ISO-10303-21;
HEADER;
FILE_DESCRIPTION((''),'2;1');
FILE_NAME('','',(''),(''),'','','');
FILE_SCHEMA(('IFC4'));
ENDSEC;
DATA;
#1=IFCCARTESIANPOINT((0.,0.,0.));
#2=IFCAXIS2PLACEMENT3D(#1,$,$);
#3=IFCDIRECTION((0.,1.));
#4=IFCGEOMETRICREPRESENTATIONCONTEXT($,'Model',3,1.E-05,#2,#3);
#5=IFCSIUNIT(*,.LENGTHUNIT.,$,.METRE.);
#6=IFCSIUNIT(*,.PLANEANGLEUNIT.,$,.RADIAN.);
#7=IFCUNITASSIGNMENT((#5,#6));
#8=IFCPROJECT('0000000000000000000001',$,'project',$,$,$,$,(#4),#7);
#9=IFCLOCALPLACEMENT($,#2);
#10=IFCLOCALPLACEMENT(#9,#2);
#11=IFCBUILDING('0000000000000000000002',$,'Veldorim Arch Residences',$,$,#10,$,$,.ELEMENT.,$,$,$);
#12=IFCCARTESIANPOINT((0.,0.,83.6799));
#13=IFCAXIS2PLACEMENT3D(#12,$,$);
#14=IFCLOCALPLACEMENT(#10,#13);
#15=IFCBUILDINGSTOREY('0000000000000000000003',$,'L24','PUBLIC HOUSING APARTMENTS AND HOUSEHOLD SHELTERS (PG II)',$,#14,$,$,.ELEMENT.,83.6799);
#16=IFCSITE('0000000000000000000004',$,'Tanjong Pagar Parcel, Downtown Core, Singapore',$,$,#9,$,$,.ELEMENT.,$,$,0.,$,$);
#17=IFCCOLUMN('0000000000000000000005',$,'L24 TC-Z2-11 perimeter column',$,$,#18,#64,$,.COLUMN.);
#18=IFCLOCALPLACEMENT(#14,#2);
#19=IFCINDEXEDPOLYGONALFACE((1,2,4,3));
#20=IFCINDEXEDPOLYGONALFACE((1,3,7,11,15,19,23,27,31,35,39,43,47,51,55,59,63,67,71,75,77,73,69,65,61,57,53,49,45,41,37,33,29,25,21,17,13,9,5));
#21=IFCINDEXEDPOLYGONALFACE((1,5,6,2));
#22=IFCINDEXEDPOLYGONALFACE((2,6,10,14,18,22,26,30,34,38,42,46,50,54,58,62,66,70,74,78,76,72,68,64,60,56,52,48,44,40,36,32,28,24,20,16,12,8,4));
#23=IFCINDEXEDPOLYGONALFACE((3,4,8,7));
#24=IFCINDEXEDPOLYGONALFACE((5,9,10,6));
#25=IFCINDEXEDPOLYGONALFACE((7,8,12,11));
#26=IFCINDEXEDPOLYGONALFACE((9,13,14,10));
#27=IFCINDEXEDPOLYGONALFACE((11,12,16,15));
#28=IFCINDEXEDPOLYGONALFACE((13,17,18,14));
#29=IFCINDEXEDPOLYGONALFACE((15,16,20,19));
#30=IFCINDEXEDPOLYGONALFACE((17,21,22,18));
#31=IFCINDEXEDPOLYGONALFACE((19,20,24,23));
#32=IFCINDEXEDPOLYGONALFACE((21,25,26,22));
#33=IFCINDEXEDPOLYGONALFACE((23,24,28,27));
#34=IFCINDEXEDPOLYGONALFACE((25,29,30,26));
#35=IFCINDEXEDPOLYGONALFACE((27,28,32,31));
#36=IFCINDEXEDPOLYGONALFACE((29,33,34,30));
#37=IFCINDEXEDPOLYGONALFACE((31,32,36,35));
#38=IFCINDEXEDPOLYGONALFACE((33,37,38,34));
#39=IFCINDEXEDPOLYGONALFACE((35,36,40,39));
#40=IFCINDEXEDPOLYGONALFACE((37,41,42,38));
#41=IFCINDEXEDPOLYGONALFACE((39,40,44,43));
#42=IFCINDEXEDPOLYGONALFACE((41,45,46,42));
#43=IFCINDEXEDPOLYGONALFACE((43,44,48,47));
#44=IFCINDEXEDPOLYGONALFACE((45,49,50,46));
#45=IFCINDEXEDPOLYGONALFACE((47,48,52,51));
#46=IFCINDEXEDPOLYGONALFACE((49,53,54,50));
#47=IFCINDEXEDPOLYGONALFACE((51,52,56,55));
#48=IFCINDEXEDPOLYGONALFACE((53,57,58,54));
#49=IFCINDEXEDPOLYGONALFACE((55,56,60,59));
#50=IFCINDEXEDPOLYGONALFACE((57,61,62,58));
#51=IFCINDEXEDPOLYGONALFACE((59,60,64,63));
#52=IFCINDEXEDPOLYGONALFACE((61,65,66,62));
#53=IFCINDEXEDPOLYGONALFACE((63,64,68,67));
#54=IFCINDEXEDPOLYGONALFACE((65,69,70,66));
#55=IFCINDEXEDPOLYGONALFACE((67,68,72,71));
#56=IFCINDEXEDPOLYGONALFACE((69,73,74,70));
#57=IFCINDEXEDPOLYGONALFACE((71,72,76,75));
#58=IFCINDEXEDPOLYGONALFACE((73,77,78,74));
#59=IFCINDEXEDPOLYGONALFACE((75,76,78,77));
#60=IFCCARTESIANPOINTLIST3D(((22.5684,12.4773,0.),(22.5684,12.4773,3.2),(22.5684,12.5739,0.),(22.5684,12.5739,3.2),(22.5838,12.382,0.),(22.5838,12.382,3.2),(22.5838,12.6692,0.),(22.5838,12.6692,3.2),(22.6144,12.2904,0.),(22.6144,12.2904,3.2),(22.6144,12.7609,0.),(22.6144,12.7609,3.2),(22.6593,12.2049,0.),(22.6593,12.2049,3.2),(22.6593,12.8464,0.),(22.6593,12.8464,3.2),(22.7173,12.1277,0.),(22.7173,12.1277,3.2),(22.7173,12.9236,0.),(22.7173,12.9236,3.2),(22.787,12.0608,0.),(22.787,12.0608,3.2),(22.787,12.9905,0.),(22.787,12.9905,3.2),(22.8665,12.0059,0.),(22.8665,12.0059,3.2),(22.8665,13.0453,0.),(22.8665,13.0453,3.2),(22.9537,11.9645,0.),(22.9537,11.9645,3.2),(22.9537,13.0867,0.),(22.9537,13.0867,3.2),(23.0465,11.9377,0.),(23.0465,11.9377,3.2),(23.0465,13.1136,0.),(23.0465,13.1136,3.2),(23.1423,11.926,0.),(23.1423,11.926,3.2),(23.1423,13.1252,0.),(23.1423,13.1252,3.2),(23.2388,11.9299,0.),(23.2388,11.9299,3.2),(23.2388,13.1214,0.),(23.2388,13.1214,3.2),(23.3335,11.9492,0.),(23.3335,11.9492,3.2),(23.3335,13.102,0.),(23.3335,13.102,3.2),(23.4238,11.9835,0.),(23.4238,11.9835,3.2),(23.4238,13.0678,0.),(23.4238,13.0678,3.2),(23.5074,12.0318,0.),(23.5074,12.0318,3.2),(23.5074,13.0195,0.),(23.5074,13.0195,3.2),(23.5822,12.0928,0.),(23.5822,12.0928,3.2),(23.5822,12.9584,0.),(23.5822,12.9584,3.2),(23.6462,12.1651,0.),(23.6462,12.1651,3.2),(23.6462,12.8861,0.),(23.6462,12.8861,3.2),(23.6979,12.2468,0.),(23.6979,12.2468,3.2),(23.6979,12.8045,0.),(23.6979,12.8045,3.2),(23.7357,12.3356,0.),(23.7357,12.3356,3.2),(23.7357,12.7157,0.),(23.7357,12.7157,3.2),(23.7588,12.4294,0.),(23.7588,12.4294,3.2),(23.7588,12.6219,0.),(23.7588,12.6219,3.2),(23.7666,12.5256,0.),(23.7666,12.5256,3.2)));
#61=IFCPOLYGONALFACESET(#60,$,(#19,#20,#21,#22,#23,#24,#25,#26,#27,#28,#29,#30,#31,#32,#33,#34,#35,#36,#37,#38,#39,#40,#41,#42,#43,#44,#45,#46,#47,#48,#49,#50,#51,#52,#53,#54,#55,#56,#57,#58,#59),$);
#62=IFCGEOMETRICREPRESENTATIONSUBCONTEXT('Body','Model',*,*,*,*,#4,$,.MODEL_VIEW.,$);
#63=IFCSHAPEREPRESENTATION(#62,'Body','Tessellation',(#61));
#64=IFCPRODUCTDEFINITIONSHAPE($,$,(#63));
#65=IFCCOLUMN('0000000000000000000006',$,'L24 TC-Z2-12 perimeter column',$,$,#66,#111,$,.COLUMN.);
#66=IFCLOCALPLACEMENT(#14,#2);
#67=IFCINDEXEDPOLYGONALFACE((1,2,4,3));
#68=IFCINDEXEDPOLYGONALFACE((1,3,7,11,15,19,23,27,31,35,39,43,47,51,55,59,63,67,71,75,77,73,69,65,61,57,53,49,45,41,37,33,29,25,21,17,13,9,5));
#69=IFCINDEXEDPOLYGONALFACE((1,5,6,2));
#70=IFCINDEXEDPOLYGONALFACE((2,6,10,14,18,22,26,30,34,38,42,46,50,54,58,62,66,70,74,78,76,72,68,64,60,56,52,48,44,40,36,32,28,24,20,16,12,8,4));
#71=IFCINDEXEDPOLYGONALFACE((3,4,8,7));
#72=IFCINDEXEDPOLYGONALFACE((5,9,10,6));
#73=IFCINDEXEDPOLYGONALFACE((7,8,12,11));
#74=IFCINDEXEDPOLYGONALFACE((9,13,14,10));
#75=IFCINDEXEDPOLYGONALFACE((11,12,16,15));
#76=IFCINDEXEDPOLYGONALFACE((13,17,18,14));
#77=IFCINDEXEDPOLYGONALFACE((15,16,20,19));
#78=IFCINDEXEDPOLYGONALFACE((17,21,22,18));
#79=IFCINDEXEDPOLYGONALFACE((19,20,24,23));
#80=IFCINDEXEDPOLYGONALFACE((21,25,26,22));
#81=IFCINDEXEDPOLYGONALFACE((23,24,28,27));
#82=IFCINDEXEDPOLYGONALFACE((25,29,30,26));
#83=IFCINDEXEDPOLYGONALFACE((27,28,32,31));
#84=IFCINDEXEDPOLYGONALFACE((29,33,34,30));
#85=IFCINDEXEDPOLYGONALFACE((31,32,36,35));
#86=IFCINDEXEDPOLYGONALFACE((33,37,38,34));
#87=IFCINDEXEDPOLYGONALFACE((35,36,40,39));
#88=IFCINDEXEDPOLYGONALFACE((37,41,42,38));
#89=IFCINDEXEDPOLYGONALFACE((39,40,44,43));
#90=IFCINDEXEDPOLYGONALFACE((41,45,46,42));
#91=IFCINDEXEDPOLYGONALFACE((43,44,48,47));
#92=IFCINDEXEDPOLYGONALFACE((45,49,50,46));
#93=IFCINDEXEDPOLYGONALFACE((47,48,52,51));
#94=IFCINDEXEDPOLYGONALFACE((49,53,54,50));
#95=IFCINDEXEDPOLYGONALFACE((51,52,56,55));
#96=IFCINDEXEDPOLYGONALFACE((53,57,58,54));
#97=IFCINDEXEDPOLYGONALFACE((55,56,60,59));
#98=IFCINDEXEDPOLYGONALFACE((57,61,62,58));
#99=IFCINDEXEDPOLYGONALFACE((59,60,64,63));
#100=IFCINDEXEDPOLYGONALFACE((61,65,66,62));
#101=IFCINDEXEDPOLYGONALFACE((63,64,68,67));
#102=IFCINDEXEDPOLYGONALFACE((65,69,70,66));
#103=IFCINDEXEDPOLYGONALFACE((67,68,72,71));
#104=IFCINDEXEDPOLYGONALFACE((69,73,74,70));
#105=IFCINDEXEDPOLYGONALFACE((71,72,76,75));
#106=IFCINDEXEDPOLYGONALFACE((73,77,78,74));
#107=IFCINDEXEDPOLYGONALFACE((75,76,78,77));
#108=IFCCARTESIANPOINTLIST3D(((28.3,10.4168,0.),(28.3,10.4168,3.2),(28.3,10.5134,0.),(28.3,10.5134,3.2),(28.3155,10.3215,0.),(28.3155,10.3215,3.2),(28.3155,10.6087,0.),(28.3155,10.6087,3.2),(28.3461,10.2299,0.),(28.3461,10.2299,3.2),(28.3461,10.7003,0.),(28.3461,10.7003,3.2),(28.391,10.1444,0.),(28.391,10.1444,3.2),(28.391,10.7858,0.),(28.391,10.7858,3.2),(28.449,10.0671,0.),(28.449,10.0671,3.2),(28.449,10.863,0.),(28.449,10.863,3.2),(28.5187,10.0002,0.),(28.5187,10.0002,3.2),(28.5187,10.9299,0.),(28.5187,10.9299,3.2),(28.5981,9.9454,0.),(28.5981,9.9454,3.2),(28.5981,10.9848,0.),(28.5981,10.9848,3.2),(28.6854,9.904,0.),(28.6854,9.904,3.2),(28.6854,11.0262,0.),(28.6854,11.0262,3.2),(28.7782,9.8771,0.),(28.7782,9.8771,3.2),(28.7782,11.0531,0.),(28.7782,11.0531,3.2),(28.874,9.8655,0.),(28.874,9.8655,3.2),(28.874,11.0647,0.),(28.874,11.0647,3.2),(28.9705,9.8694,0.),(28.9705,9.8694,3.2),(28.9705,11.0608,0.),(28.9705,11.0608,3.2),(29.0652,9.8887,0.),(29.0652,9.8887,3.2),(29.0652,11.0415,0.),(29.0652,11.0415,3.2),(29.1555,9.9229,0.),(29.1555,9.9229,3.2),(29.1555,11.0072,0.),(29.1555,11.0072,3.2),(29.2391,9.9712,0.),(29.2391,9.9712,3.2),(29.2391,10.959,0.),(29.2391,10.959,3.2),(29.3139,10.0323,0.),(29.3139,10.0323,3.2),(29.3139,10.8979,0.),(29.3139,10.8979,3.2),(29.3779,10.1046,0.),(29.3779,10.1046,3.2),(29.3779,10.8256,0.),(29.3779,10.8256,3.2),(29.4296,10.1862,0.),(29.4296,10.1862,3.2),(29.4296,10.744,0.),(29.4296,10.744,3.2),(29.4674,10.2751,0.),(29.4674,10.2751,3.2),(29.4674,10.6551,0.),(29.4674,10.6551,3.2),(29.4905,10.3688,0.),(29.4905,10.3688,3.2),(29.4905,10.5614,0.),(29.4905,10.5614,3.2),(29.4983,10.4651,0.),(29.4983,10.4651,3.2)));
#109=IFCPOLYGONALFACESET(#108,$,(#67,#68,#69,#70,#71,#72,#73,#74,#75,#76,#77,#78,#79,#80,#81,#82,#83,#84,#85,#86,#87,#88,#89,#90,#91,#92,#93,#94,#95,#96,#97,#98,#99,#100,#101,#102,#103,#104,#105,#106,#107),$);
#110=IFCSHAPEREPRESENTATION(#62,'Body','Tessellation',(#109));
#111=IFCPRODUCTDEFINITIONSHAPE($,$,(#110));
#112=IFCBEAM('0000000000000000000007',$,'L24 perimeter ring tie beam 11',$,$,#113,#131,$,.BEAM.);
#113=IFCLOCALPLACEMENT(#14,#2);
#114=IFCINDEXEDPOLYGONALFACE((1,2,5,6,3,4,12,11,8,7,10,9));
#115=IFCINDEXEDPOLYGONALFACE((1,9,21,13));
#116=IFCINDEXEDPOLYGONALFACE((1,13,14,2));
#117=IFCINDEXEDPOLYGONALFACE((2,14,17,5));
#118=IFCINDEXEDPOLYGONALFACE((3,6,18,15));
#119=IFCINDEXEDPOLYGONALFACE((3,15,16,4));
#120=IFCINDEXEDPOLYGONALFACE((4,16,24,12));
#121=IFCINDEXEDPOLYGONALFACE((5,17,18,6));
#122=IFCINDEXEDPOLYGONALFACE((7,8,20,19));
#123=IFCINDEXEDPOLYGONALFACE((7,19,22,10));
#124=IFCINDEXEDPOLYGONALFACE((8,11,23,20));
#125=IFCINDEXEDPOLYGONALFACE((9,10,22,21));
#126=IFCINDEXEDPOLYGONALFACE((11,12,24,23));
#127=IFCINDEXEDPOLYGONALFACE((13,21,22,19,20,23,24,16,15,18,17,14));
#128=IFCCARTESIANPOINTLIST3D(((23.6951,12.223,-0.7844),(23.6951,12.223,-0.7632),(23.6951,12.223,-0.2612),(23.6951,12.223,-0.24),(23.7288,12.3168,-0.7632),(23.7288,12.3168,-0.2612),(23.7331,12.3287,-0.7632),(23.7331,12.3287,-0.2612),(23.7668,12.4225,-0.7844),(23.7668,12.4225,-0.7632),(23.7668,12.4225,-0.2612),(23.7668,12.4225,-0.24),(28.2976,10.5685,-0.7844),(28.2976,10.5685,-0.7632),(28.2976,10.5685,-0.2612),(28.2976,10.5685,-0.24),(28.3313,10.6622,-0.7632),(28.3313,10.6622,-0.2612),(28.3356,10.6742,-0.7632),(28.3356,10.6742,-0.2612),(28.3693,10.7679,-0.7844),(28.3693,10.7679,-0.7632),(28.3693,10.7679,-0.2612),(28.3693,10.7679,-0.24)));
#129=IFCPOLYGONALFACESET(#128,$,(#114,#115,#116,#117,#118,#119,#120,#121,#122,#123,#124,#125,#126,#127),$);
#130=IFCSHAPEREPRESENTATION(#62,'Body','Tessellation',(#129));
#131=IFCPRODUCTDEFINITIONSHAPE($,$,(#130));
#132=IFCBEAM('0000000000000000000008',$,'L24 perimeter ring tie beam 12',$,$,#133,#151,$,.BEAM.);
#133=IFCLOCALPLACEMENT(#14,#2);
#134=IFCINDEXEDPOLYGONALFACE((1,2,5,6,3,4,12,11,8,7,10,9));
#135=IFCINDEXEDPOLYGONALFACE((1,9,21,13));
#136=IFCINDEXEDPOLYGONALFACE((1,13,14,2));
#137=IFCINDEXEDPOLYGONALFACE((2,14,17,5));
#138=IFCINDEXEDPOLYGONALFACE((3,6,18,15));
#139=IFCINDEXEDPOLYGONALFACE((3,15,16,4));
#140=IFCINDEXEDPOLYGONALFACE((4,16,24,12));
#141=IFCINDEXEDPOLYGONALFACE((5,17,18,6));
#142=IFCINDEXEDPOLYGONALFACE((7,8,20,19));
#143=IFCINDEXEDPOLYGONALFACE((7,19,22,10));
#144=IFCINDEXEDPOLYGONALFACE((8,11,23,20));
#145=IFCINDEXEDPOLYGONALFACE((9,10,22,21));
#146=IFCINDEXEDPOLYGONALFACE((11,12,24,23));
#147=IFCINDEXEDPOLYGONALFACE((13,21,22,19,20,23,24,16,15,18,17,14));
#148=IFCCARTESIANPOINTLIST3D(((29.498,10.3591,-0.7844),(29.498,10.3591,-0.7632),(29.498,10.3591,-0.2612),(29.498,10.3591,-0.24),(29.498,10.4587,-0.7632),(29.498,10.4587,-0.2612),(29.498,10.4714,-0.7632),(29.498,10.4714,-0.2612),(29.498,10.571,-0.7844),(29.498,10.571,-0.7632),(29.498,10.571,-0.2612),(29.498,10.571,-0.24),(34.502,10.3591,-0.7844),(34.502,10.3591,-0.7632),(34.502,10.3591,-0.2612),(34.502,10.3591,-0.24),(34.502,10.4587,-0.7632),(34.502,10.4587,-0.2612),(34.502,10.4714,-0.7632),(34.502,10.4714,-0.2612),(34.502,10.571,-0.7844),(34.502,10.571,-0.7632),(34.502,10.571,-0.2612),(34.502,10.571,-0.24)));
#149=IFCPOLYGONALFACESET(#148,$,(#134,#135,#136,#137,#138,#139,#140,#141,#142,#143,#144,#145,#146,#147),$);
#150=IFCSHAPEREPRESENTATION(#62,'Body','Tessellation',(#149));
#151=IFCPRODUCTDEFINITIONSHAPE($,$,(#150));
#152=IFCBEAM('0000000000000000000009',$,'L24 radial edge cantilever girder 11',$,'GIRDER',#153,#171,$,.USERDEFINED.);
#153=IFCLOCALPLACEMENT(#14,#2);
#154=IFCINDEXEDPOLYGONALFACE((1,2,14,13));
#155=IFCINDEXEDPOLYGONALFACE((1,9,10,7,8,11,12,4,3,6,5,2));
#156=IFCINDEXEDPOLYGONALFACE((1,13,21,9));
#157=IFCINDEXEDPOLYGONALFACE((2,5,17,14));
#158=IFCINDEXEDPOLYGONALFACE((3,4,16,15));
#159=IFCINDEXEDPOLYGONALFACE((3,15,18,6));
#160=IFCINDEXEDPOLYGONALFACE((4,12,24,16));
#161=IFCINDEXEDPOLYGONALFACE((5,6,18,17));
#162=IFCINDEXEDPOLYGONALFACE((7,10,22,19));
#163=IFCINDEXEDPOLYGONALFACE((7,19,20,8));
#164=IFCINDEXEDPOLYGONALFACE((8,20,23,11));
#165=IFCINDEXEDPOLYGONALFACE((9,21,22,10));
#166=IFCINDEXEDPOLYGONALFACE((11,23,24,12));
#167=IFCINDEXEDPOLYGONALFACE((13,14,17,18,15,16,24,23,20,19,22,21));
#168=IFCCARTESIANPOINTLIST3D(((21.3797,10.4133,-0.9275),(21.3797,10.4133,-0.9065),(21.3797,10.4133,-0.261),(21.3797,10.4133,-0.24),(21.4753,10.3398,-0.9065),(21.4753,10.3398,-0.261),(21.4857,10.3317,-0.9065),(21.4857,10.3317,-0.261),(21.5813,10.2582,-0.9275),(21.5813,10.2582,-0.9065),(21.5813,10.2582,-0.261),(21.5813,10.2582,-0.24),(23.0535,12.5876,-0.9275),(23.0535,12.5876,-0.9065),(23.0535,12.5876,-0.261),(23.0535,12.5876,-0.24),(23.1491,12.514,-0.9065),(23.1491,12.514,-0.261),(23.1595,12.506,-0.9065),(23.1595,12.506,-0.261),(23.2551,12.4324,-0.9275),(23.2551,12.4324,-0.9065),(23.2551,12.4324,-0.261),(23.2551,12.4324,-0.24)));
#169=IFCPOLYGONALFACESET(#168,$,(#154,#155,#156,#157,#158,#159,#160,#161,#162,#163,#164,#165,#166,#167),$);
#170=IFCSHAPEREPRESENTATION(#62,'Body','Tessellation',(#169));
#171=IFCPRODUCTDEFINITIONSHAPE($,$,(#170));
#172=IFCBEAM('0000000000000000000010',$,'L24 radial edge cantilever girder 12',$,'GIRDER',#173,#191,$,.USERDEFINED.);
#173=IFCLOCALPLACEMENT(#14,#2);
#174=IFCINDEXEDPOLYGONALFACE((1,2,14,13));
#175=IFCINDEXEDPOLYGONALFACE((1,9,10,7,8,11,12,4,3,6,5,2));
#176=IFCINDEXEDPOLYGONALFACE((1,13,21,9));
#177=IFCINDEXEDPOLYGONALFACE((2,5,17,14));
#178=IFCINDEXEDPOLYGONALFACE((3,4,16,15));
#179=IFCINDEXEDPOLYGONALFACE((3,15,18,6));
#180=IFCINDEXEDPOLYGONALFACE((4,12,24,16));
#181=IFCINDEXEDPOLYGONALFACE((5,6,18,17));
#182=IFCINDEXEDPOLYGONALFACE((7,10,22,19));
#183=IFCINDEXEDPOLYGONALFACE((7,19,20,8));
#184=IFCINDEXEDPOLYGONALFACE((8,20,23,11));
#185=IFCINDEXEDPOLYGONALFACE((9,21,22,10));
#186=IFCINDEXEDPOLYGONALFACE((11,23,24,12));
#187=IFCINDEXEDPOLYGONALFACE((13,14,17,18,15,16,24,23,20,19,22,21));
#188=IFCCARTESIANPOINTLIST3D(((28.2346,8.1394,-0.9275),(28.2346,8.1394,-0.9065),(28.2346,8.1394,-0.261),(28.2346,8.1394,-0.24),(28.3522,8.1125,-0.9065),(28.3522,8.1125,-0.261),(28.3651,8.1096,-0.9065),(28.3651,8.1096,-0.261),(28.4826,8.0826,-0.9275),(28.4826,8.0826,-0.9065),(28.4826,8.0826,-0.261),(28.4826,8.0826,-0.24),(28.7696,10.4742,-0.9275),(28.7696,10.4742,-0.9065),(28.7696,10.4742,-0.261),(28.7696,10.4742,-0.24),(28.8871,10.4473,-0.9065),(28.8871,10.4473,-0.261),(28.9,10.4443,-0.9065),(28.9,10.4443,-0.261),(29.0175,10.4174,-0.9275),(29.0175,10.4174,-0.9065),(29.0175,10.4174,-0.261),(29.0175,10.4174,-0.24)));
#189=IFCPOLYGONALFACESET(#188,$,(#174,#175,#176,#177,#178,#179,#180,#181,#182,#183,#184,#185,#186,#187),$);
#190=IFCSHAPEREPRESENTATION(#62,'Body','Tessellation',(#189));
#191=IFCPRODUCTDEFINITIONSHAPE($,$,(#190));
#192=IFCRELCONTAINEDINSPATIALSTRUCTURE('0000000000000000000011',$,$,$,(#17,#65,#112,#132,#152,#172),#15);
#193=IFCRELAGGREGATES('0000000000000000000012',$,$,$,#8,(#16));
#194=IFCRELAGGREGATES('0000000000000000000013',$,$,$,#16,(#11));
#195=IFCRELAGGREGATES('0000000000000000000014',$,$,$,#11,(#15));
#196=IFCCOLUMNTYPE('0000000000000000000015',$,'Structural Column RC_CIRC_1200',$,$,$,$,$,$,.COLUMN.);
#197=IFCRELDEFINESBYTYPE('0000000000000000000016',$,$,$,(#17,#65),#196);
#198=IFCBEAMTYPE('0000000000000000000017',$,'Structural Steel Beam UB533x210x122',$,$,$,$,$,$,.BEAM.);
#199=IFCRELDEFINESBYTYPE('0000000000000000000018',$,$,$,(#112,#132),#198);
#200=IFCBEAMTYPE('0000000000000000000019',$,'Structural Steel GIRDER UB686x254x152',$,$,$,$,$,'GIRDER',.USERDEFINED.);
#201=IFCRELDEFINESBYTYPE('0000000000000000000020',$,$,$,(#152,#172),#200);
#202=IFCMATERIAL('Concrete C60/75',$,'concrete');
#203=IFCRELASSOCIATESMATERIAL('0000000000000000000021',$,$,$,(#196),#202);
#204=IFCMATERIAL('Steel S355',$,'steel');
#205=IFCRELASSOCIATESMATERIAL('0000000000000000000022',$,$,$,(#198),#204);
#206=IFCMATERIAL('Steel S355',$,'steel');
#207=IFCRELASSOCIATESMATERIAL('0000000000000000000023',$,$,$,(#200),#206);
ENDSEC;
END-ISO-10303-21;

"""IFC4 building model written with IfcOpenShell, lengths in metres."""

from ifc_helpers import new_model, si_unit, direction, frame, origin, origin_2d, place, context, subcontext, project, spatial, circle, i_section, extrude, material, material_profile, profile_set, type_object, element, save


model = new_model("IFC4")

# Units and contexts
model_context = context("Model", 3, precision=1e-05, world=origin(), true_north=direction((0.0, 1.0)))
body_context = subcontext(model_context, "Body", "Model", "MODEL_VIEW")
ifc_project = project(units=[si_unit("LENGTHUNIT", "METRE"), si_unit("PLANEANGLEUNIT", "RADIAN")], contexts=[model_context])

# Site, building, storey
site_placement = place(None, origin())
site = spatial("IfcSite", under=ifc_project, at=site_placement, Name="Tanjong Pagar Parcel, Downtown Core, Singapore", CompositionType="ELEMENT", RefElevation=0.0)
building_placement = place(site_placement, origin())
building = spatial("IfcBuilding", under=site, at=building_placement, Name="Veldorim Arch Residences", CompositionType="ELEMENT")
storey_placement = place(building_placement, frame((0.0, 0.0, 83.6799)))
storey = spatial("IfcBuildingStorey", under=building, at=storey_placement, Name="L24", Description="PUBLIC HOUSING APARTMENTS AND HOUSEHOLD SHELTERS (PG II)", CompositionType="ELEMENT", Elevation=83.6799)

# Columns
ifc_material_1 = material(Name="Concrete C60/75", Category="concrete")
ifc_material_profile_1 = material_profile(ifc_material_1, circle(Radius=0.6001, at=origin_2d()), Name="RC_CIRC_1200")
ifc_profile_set_1 = profile_set([ifc_material_profile_1], Name="Concrete C60/75")
column_type = type_object("IfcColumnType", Name="Structural Column RC_CIRC_1200", PredefinedType="COLUMN", material=ifc_profile_set_1)
for number, where, z_axis, x_axis, name in (
    (1, (23.1665, 12.5256, 0.0), (0.0, 0.0, 1.0), (1.0, 0.0, 0.0), "L24 TC-Z2-11 perimeter column"),
    (2, (28.8982, 10.4651, 0.0), (0.0, 0.0, 1.0), (1.0, 0.0, 0.0), "L24 TC-Z2-12 perimeter column"),
):
    element("IfcColumn", number, at=place(storey_placement, frame(where, z_axis=z_axis, x_axis=x_axis)), inside=storey, type_object=column_type, Name=name, PredefinedType="COLUMN", context=body_context, shape_type="SweptSolid", body=[
        extrude(circle(Radius=0.6001, at=origin_2d()), origin(), (0.0, 0.0, 1.0), 3.2),
    ])

# Beams
ifc_material_2 = material(Name="Steel S355", Category="steel")
ifc_material_profile_2 = material_profile(ifc_material_2, i_section(OverallWidth=0.2119, OverallDepth=0.5444, WebThickness=0.0127, FlangeThickness=0.0212, at=origin_2d()), Name="UB533x210x122")
ifc_profile_set_2 = profile_set([ifc_material_profile_2], Name="Steel S355")
beam_type_1 = type_object("IfcBeamType", Name="Structural Steel Beam UB533x210x122", PredefinedType="BEAM", material=ifc_profile_set_2)
beam_1_placement = place(storey_placement, frame((23.731, 12.3228, -0.5122), z_axis=(0.941042, -0.33829, 0.0), x_axis=(0.33829, 0.941042, 0.0)))
element("IfcBeam", 3, at=beam_1_placement, inside=storey, type_object=beam_type_1, Name="L24 perimeter ring tie beam 11", PredefinedType="BEAM", context=body_context, shape_type="SweptSolid", body=[
    extrude(i_section(OverallWidth=0.2119, OverallDepth=0.5444, WebThickness=0.0127, FlangeThickness=0.0212, at=origin_2d()), origin(), (0.0, 0.0, 1.0), 4.8909),
])
beam_2_placement = place(storey_placement, frame((29.498, 10.4651, -0.5122), z_axis=(1.0, 0.0, 0.0), x_axis=(0.0, 1.0, 0.0)))
element("IfcBeam", 4, at=beam_2_placement, inside=storey, type_object=beam_type_1, Name="L24 perimeter ring tie beam 12", PredefinedType="BEAM", context=body_context, shape_type="SweptSolid", body=[
    extrude(i_section(OverallWidth=0.2119, OverallDepth=0.5444, WebThickness=0.0127, FlangeThickness=0.0212, at=origin_2d()), origin(), (0.0, 0.0, 1.0), 5.0039),
])
ifc_material_3 = material(Name="Steel S355", Category="steel")
ifc_material_profile_3 = material_profile(ifc_material_3, i_section(OverallWidth=0.2544, OverallDepth=0.6875, WebThickness=0.0132, FlangeThickness=0.021, at=origin_2d()), Name="UB686x254x152")
ifc_profile_set_3 = profile_set([ifc_material_profile_3], Name="Steel S355")
beam_type_2 = type_object("IfcBeamType", Name="Structural Steel GIRDER UB686x254x152", ElementType="GIRDER", PredefinedType="USERDEFINED", material=ifc_profile_set_3)
beam_3_placement = place(storey_placement, frame((23.1543, 12.51, -0.5837), z_axis=(-0.610003, -0.792399, 0.0), x_axis=(0.792399, -0.610003, 0.0)))
element("IfcBeam", 5, at=beam_3_placement, inside=storey, type_object=beam_type_2, Name="L24 radial edge cantilever girder 11", ObjectType="GIRDER", PredefinedType="USERDEFINED", context=body_context, shape_type="SweptSolid", body=[
    extrude(i_section(OverallWidth=0.2544, OverallDepth=0.6875, WebThickness=0.0132, FlangeThickness=0.021, at=origin_2d()), origin(), (0.0, 0.0, 1.0), 2.7439),
])
beam_4_placement = place(storey_placement, frame((28.8936, 10.4458, -0.5837), z_axis=(-0.223326, -0.974744, 0.0), x_axis=(0.974744, -0.223326, 0.0)))
element("IfcBeam", 6, at=beam_4_placement, inside=storey, type_object=beam_type_2, Name="L24 radial edge cantilever girder 12", ObjectType="GIRDER", PredefinedType="USERDEFINED", context=body_context, shape_type="SweptSolid", body=[
    extrude(i_section(OverallWidth=0.2544, OverallDepth=0.6875, WebThickness=0.0132, FlangeThickness=0.021, at=origin_2d()), origin(), (0.0, 0.0, 1.0), 2.3953),
])

save(model, "model.ifc")
